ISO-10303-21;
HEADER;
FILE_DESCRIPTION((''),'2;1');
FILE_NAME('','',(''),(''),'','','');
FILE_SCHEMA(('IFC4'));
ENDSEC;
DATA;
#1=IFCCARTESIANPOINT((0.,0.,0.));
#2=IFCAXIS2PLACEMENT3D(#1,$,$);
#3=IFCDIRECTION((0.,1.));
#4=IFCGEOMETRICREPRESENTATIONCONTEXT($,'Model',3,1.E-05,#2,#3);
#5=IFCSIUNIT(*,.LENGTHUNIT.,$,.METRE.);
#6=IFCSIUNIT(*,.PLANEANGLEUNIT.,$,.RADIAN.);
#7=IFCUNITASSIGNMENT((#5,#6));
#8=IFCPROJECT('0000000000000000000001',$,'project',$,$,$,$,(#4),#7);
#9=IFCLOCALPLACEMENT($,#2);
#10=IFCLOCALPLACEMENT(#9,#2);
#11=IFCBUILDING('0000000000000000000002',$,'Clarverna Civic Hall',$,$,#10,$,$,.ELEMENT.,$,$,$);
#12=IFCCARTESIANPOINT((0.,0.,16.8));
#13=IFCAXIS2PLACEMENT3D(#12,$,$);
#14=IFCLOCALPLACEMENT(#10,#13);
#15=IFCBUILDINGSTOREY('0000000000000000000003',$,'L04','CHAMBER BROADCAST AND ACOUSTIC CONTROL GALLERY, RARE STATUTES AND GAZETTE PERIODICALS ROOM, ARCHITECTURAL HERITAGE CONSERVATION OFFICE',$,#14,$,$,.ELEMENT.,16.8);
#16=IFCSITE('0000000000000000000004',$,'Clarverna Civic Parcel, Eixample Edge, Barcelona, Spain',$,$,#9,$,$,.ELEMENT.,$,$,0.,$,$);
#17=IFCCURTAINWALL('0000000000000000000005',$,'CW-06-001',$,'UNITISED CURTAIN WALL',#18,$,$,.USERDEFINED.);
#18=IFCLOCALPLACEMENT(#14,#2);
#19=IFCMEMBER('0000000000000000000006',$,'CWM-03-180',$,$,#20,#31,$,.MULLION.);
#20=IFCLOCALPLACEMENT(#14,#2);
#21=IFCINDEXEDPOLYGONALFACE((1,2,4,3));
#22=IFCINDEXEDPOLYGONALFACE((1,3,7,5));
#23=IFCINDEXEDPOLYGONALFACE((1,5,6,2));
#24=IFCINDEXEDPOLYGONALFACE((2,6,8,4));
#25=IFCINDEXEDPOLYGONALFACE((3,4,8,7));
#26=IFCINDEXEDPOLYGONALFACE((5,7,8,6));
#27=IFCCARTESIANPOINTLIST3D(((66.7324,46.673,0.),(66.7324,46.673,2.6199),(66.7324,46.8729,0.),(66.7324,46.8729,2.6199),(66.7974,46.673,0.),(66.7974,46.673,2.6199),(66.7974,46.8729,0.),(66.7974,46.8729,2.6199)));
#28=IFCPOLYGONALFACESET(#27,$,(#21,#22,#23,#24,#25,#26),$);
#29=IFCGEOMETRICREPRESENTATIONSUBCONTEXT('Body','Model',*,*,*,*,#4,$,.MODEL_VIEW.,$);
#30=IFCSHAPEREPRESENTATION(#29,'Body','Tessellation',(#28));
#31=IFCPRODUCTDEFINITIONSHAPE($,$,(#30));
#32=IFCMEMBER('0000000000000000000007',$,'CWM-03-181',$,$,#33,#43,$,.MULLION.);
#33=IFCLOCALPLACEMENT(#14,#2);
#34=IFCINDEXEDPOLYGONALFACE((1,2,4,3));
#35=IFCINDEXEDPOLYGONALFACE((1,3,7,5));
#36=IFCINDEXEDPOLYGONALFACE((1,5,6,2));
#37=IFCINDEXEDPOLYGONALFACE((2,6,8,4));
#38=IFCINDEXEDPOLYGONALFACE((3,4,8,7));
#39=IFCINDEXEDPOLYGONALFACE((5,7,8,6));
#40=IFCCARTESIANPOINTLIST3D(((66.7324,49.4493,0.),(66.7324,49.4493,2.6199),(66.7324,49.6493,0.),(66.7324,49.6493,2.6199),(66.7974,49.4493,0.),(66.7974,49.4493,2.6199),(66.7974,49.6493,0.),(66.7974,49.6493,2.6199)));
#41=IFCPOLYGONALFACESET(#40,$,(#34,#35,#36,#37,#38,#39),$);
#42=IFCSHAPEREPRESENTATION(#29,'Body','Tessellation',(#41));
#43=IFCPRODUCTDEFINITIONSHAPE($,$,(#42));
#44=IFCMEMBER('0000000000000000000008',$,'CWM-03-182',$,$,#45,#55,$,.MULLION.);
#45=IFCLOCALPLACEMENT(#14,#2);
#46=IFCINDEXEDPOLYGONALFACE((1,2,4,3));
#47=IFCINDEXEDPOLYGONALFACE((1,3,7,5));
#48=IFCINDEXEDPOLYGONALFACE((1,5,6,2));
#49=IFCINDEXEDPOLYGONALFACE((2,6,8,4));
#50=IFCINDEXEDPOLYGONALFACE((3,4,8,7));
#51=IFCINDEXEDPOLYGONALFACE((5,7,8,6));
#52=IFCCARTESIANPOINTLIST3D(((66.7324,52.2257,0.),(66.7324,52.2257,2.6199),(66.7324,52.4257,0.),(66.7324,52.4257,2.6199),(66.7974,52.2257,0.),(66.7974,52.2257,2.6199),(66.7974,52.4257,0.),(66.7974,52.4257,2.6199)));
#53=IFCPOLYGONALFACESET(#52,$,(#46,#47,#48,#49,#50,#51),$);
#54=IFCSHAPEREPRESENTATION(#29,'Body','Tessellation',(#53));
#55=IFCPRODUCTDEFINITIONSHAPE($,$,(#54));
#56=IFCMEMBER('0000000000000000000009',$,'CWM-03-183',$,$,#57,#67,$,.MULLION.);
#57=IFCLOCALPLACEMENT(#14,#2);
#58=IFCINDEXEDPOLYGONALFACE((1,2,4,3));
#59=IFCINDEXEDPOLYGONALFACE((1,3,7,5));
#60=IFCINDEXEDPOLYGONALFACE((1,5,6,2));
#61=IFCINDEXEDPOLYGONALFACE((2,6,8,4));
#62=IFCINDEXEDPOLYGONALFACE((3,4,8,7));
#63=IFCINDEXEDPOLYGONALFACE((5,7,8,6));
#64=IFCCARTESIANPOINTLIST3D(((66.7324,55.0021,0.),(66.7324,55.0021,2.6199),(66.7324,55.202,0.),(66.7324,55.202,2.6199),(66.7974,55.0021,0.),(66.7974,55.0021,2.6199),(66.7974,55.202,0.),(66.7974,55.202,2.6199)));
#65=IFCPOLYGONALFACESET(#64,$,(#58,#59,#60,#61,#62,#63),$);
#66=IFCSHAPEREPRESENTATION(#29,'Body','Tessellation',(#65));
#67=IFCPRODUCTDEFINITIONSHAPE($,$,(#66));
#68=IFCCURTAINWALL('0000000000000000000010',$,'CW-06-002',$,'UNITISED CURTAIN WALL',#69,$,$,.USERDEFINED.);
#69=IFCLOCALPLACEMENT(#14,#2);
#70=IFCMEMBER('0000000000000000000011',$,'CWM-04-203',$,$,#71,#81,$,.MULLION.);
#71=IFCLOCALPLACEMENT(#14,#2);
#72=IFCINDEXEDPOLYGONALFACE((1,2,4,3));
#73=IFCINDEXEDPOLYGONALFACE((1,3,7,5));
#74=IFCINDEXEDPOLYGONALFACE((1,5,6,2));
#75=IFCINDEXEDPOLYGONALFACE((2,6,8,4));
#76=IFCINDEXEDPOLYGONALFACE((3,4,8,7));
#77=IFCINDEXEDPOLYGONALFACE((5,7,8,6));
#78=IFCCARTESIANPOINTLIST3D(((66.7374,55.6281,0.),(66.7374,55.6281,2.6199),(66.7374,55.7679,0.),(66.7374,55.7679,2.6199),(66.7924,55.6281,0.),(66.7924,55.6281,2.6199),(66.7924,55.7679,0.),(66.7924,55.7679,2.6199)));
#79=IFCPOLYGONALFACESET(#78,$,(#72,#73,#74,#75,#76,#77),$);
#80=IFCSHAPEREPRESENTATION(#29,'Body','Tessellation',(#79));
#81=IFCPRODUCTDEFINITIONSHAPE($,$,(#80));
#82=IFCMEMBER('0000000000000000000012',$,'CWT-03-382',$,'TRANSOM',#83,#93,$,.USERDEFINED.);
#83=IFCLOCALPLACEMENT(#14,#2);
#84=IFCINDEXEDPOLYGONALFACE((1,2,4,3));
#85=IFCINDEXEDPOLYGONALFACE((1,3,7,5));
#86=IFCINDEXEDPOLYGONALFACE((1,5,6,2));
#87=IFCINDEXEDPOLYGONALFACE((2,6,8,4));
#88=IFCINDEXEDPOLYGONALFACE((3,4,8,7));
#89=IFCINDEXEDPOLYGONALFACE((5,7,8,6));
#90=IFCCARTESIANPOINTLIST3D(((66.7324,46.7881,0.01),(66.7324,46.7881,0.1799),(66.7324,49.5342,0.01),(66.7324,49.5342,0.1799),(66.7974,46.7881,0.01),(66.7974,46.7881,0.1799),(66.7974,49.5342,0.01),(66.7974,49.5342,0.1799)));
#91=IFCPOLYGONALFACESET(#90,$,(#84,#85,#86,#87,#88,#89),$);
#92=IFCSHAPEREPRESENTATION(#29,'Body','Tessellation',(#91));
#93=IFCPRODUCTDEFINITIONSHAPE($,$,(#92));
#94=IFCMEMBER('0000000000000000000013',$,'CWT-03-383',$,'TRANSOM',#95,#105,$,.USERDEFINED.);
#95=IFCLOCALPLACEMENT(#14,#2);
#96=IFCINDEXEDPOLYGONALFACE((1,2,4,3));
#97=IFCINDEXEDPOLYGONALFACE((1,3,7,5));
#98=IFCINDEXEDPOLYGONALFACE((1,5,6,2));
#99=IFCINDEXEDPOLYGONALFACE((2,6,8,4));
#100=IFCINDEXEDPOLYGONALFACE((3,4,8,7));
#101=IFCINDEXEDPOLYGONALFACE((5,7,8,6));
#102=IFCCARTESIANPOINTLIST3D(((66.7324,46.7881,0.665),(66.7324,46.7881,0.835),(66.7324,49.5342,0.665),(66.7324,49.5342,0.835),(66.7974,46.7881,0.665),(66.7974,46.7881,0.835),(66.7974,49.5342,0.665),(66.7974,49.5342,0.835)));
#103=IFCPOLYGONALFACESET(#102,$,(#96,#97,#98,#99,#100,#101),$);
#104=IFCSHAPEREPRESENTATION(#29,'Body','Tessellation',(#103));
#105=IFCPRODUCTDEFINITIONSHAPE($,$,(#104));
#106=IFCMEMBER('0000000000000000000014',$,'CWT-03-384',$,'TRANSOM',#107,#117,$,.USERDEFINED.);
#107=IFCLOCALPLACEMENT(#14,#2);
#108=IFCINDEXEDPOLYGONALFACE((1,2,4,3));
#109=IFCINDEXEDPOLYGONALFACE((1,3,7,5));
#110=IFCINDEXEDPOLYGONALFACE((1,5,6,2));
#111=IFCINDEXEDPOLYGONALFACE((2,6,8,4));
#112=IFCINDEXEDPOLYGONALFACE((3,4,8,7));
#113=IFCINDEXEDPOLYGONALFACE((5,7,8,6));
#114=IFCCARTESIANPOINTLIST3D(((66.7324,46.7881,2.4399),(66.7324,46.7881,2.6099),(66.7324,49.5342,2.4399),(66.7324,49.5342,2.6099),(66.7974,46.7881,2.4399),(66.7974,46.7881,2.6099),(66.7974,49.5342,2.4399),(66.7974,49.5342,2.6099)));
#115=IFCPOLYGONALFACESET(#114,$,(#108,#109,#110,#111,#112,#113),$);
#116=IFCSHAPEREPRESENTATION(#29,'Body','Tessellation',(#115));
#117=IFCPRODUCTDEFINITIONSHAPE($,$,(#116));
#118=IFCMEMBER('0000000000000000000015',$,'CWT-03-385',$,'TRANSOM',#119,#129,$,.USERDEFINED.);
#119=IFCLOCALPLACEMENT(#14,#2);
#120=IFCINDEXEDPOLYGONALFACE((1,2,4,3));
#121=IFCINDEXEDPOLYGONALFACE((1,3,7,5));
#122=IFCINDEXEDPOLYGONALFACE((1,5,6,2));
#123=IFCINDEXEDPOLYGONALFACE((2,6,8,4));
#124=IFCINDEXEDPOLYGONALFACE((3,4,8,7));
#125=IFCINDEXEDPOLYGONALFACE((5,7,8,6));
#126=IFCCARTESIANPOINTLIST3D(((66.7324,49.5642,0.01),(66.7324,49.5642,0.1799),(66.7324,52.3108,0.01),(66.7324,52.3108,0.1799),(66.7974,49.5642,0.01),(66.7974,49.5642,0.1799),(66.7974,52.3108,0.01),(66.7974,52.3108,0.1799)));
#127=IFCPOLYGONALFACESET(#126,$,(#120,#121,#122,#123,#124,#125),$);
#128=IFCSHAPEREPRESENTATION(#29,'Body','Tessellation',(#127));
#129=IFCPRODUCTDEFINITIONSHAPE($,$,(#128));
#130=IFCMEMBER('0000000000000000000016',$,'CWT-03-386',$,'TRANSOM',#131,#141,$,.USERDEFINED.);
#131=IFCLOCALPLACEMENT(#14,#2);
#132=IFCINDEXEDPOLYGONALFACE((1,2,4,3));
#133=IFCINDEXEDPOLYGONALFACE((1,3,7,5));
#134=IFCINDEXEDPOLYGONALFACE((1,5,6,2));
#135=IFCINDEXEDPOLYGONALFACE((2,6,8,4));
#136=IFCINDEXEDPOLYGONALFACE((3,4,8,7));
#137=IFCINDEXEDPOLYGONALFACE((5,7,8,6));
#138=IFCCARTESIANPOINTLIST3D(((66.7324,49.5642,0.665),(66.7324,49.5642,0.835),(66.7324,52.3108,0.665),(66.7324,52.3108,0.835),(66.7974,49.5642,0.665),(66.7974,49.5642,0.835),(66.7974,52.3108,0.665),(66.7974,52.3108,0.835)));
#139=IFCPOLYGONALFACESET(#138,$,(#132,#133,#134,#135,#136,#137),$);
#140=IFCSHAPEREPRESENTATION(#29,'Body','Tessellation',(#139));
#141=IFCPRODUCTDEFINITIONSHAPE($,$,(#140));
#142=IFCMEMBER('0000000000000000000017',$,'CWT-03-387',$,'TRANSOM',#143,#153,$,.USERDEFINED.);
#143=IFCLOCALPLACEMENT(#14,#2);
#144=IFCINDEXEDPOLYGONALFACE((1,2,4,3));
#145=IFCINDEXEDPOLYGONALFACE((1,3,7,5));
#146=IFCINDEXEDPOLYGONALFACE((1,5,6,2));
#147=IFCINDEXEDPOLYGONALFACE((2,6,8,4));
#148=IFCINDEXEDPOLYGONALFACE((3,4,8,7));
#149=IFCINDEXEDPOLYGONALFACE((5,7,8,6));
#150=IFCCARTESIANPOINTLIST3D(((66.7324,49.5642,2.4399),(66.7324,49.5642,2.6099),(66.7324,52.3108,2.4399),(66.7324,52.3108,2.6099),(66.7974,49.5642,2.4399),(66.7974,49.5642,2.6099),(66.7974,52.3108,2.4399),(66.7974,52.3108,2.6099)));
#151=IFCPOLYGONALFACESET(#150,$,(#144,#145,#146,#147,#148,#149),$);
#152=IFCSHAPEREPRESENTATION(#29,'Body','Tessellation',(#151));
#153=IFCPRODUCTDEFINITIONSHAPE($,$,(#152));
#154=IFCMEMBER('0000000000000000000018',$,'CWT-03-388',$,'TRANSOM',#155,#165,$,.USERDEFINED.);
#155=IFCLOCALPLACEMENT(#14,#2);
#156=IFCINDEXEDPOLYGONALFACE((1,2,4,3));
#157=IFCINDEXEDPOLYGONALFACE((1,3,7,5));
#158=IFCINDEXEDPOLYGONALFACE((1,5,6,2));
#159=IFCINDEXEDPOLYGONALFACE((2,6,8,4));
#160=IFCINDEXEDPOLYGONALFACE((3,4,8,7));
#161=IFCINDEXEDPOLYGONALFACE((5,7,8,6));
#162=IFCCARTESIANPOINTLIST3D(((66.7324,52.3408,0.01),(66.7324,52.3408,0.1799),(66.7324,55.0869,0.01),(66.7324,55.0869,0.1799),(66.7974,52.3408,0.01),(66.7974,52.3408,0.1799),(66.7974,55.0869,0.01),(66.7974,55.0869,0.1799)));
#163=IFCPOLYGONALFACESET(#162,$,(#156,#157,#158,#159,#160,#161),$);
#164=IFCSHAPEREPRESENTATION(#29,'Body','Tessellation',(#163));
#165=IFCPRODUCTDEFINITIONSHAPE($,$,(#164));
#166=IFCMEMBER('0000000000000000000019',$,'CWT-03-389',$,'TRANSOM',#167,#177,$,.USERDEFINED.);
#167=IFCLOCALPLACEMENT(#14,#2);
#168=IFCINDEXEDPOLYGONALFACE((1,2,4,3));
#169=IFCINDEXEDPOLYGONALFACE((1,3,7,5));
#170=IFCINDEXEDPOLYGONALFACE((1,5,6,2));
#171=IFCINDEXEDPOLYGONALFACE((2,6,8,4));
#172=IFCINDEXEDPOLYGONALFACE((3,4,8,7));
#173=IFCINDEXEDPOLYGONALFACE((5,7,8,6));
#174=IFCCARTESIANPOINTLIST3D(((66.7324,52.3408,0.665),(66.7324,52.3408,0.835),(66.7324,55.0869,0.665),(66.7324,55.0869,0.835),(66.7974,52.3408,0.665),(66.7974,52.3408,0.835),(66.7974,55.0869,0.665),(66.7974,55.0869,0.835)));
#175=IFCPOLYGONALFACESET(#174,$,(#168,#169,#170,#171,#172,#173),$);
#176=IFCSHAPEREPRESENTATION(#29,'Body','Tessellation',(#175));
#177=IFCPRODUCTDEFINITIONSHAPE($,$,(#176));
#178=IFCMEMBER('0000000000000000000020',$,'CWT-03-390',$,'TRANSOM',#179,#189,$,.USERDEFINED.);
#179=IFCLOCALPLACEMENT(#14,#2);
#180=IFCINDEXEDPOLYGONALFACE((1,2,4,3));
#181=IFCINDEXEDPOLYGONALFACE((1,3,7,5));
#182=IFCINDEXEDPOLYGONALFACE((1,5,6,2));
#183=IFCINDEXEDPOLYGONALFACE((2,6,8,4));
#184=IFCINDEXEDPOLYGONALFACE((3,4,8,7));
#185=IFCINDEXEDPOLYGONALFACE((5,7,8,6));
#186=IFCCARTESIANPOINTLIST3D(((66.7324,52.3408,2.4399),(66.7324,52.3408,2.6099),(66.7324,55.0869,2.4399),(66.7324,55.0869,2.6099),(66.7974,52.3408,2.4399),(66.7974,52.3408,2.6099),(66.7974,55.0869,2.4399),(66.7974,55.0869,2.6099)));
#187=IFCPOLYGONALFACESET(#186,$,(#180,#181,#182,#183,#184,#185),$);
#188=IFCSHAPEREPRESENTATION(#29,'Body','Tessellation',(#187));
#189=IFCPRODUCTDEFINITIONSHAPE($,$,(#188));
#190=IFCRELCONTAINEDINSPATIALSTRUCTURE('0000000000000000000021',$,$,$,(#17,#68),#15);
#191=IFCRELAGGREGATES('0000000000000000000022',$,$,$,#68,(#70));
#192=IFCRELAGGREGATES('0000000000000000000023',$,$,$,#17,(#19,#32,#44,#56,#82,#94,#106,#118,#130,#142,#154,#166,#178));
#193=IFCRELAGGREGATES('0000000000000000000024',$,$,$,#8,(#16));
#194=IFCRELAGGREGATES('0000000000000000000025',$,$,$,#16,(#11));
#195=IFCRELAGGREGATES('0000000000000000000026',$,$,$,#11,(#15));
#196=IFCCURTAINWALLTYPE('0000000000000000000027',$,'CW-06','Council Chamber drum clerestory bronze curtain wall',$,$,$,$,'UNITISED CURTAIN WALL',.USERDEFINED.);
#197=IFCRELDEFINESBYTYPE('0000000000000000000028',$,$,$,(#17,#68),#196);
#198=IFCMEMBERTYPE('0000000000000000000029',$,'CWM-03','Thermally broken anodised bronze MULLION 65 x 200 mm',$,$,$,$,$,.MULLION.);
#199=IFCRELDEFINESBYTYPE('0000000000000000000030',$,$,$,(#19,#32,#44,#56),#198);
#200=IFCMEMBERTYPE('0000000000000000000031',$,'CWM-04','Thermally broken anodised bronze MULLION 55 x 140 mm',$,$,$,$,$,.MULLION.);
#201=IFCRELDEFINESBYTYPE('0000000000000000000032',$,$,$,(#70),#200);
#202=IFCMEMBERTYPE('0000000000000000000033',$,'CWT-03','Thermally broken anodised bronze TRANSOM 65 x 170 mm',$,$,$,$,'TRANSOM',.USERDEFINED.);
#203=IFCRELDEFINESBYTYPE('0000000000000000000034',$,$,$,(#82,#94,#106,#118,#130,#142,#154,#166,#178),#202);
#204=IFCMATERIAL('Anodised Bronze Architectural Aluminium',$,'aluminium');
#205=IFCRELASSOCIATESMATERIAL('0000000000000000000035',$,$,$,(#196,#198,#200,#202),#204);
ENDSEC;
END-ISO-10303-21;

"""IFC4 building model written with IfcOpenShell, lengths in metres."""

from ifc_helpers import new_model, si_unit, direction, frame, origin, origin_2d, place, context, subcontext, project, spatial, rectangle, extrude, material, material_profile, profile_set, type_object, element, aggregate, save


model = new_model("IFC4")

# Units and contexts
model_context = context("Model", 3, precision=1e-05, world=origin(), true_north=direction((0.0, 1.0)))
body_context = subcontext(model_context, "Body", "Model", "MODEL_VIEW")
ifc_project = project(units=[si_unit("LENGTHUNIT", "METRE"), si_unit("PLANEANGLEUNIT", "RADIAN")], contexts=[model_context])

# Site, building, storey
site_placement = place(None, origin())
site = spatial("IfcSite", under=ifc_project, at=site_placement, Name="Clarverna Civic Parcel, Eixample Edge, Barcelona, Spain", CompositionType="ELEMENT", RefElevation=0.0)
building_placement = place(site_placement, origin())
building = spatial("IfcBuilding", under=site, at=building_placement, Name="Clarverna Civic Hall", CompositionType="ELEMENT")
storey_placement = place(building_placement, frame((0.0, 0.0, 16.8)))
storey = spatial("IfcBuildingStorey", under=building, at=storey_placement, Name="L04", Description="CHAMBER BROADCAST AND ACOUSTIC CONTROL GALLERY, RARE STATUTES AND GAZETTE PERIODICALS ROOM, ARCHITECTURAL HERITAGE CONSERVATION OFFICE", CompositionType="ELEMENT", Elevation=16.8)

# Curtain wall, members
ifc_material_1 = material(Name="Anodised Bronze Architectural Aluminium", Category="aluminium")
curtain_wall_type = type_object("IfcCurtainWallType", Name="CW-06", Description="Council Chamber drum clerestory bronze curtain wall", ElementType="UNITISED CURTAIN WALL", PredefinedType="USERDEFINED", material=ifc_material_1)
curtain_wall_1_placement = place(storey_placement, origin())
curtain_wall_1 = element("IfcCurtainWall", 1, at=curtain_wall_1_placement, inside=storey, type_object=curtain_wall_type, Name="CW-06-001", ObjectType="UNITISED CURTAIN WALL", PredefinedType="USERDEFINED")
ifc_material_profile_1 = material_profile(ifc_material_1, rectangle(XDim=0.0649, YDim=0.2, at=origin_2d()), Name="BRONZE 65x200")
ifc_profile_set_1 = profile_set([ifc_material_profile_1], Name="Anodised Bronze Architectural Aluminium")
member_type_1 = type_object("IfcMemberType", Name="CWM-03", Description="Thermally broken anodised bronze MULLION 65 x 200 mm", PredefinedType="MULLION", material=ifc_profile_set_1)
member_1_placement = place(storey_placement, frame((66.7649, 46.7729, 0.0), z_axis=(0.0, 0.0, 1.0), x_axis=(1.0, 0.0, 0.0)))
member_1 = element("IfcMember", 2, at=member_1_placement, type_object=member_type_1, Name="CWM-03-180", PredefinedType="MULLION", context=body_context, shape_type="SweptSolid", body=[
    extrude(rectangle(XDim=0.0649, YDim=0.2, at=origin_2d()), origin(), (0.0, 0.0, 1.0), 2.6199),
])
member_2_placement = place(storey_placement, frame((66.7649, 49.5493, 0.0), z_axis=(0.0, 0.0, 1.0), x_axis=(1.0, 0.0, 0.0)))
member_2 = element("IfcMember", 3, at=member_2_placement, type_object=member_type_1, Name="CWM-03-181", PredefinedType="MULLION", context=body_context, shape_type="SweptSolid", body=[
    extrude(rectangle(XDim=0.0649, YDim=0.2, at=origin_2d()), origin(), (0.0, 0.0, 1.0), 2.6199),
])
member_3_placement = place(storey_placement, frame((66.7649, 52.3257, 0.0), z_axis=(0.0, 0.0, 1.0), x_axis=(1.0, 0.0, 0.0)))
member_3 = element("IfcMember", 4, at=member_3_placement, type_object=member_type_1, Name="CWM-03-182", PredefinedType="MULLION", context=body_context, shape_type="SweptSolid", body=[
    extrude(rectangle(XDim=0.0649, YDim=0.2, at=origin_2d()), origin(), (0.0, 0.0, 1.0), 2.6199),
])
member_4_placement = place(storey_placement, frame((66.7649, 55.1021, 0.0), z_axis=(0.0, 0.0, 1.0), x_axis=(1.0, 0.0, 0.0)))
member_4 = element("IfcMember", 5, at=member_4_placement, type_object=member_type_1, Name="CWM-03-183", PredefinedType="MULLION", context=body_context, shape_type="SweptSolid", body=[
    extrude(rectangle(XDim=0.0649, YDim=0.2, at=origin_2d()), origin(), (0.0, 0.0, 1.0), 2.6199),
])

# Curtain wall, member
curtain_wall_2_placement = place(storey_placement, origin())
curtain_wall_2 = element("IfcCurtainWall", 6, at=curtain_wall_2_placement, inside=storey, type_object=curtain_wall_type, Name="CW-06-002", ObjectType="UNITISED CURTAIN WALL", PredefinedType="USERDEFINED")
ifc_material_profile_2 = material_profile(ifc_material_1, rectangle(XDim=0.0549, YDim=0.1399, at=origin_2d()), Name="BRONZE 55x140")
ifc_profile_set_2 = profile_set([ifc_material_profile_2], Name="Anodised Bronze Architectural Aluminium")
member_type_2 = type_object("IfcMemberType", Name="CWM-04", Description="Thermally broken anodised bronze MULLION 55 x 140 mm", PredefinedType="MULLION", material=ifc_profile_set_2)
member_5_placement = place(storey_placement, frame((66.7649, 55.698, 0.0), z_axis=(0.0, 0.0, 1.0), x_axis=(1.0, 0.0, 0.0)))
member_5 = element("IfcMember", 7, at=member_5_placement, type_object=member_type_2, Name="CWM-04-203", PredefinedType="MULLION", context=body_context, shape_type="SweptSolid", body=[
    extrude(rectangle(XDim=0.0549, YDim=0.1399, at=origin_2d()), origin(), (0.0, 0.0, 1.0), 2.6199),
])

# Members
ifc_material_profile_3 = material_profile(ifc_material_1, rectangle(XDim=0.0649, YDim=0.1699, at=origin_2d()), Name="BRONZE 65x170")
ifc_profile_set_3 = profile_set([ifc_material_profile_3], Name="Anodised Bronze Architectural Aluminium")
member_type_3 = type_object("IfcMemberType", Name="CWT-03", Description="Thermally broken anodised bronze TRANSOM 65 x 170 mm", ElementType="TRANSOM", PredefinedType="USERDEFINED", material=ifc_profile_set_3)
member_6_placement = place(storey_placement, frame((66.7649, 46.7881, 0.095), z_axis=(0.0, 1.0, 0.0), x_axis=(-1.0, 0.0, 0.0)))
member_6 = element("IfcMember", 8, at=member_6_placement, type_object=member_type_3, Name="CWT-03-382", ObjectType="TRANSOM", PredefinedType="USERDEFINED", context=body_context, shape_type="SweptSolid", body=[
    extrude(rectangle(XDim=0.0649, YDim=0.1699, at=origin_2d()), origin(), (0.0, 0.0, 1.0), 2.7461),
])
member_7_placement = place(storey_placement, frame((66.7649, 46.7881, 0.75), z_axis=(0.0, 1.0, 0.0), x_axis=(-1.0, 0.0, 0.0)))
member_7 = element("IfcMember", 9, at=member_7_placement, type_object=member_type_3, Name="CWT-03-383", ObjectType="TRANSOM", PredefinedType="USERDEFINED", context=body_context, shape_type="SweptSolid", body=[
    extrude(rectangle(XDim=0.0649, YDim=0.1699, at=origin_2d()), origin(), (0.0, 0.0, 1.0), 2.7461),
])
member_8_placement = place(storey_placement, frame((66.7649, 46.7881, 2.5249), z_axis=(0.0, 1.0, 0.0), x_axis=(-1.0, 0.0, 0.0)))
member_8 = element("IfcMember", 10, at=member_8_placement, type_object=member_type_3, Name="CWT-03-384", ObjectType="TRANSOM", PredefinedType="USERDEFINED", context=body_context, shape_type="SweptSolid", body=[
    extrude(rectangle(XDim=0.0649, YDim=0.1699, at=origin_2d()), origin(), (0.0, 0.0, 1.0), 2.7461),
])
member_9_placement = place(storey_placement, frame((66.7649, 49.5642, 0.095), z_axis=(0.0, 1.0, 0.0), x_axis=(-1.0, 0.0, 0.0)))
member_9 = element("IfcMember", 11, at=member_9_placement, type_object=member_type_3, Name="CWT-03-385", ObjectType="TRANSOM", PredefinedType="USERDEFINED", context=body_context, shape_type="SweptSolid", body=[
    extrude(rectangle(XDim=0.0649, YDim=0.1699, at=origin_2d()), origin(), (0.0, 0.0, 1.0), 2.7466),
])
member_10_placement = place(storey_placement, frame((66.7649, 49.5642, 0.75), z_axis=(0.0, 1.0, 0.0), x_axis=(-1.0, 0.0, 0.0)))
member_10 = element("IfcMember", 12, at=member_10_placement, type_object=member_type_3, Name="CWT-03-386", ObjectType="TRANSOM", PredefinedType="USERDEFINED", context=body_context, shape_type="SweptSolid", body=[
    extrude(rectangle(XDim=0.0649, YDim=0.1699, at=origin_2d()), origin(), (0.0, 0.0, 1.0), 2.7466),
])
member_11_placement = place(storey_placement, frame((66.7649, 49.5642, 2.5249), z_axis=(0.0, 1.0, 0.0), x_axis=(-1.0, 0.0, 0.0)))
member_11 = element("IfcMember", 13, at=member_11_placement, type_object=member_type_3, Name="CWT-03-387", ObjectType="TRANSOM", PredefinedType="USERDEFINED", context=body_context, shape_type="SweptSolid", body=[
    extrude(rectangle(XDim=0.0649, YDim=0.1699, at=origin_2d()), origin(), (0.0, 0.0, 1.0), 2.7466),
])
member_12_placement = place(storey_placement, frame((66.7649, 52.3408, 0.095), z_axis=(0.0, 1.0, 0.0), x_axis=(-1.0, 0.0, 0.0)))
member_12 = element("IfcMember", 14, at=member_12_placement, type_object=member_type_3, Name="CWT-03-388", ObjectType="TRANSOM", PredefinedType="USERDEFINED", context=body_context, shape_type="SweptSolid", body=[
    extrude(rectangle(XDim=0.0649, YDim=0.1699, at=origin_2d()), origin(), (0.0, 0.0, 1.0), 2.7461),
])
member_13_placement = place(storey_placement, frame((66.7649, 52.3408, 0.75), z_axis=(0.0, 1.0, 0.0), x_axis=(-1.0, 0.0, 0.0)))
member_13 = element("IfcMember", 15, at=member_13_placement, type_object=member_type_3, Name="CWT-03-389", ObjectType="TRANSOM", PredefinedType="USERDEFINED", context=body_context, shape_type="SweptSolid", body=[
    extrude(rectangle(XDim=0.0649, YDim=0.1699, at=origin_2d()), origin(), (0.0, 0.0, 1.0), 2.7461),
])
member_14_placement = place(storey_placement, frame((66.7649, 52.3408, 2.5249), z_axis=(0.0, 1.0, 0.0), x_axis=(-1.0, 0.0, 0.0)))
member_14 = element("IfcMember", 16, at=member_14_placement, type_object=member_type_3, Name="CWT-03-390", ObjectType="TRANSOM", PredefinedType="USERDEFINED", context=body_context, shape_type="SweptSolid", body=[
    extrude(rectangle(XDim=0.0649, YDim=0.1699, at=origin_2d()), origin(), (0.0, 0.0, 1.0), 2.7461),
])
aggregate(curtain_wall_2, [member_5])

aggregate(curtain_wall_1, [member_1, member_2, member_3, member_4, member_6, member_7, member_8, member_9, member_10, member_11, member_12, member_13, member_14])

save(model, "model.ifc")
